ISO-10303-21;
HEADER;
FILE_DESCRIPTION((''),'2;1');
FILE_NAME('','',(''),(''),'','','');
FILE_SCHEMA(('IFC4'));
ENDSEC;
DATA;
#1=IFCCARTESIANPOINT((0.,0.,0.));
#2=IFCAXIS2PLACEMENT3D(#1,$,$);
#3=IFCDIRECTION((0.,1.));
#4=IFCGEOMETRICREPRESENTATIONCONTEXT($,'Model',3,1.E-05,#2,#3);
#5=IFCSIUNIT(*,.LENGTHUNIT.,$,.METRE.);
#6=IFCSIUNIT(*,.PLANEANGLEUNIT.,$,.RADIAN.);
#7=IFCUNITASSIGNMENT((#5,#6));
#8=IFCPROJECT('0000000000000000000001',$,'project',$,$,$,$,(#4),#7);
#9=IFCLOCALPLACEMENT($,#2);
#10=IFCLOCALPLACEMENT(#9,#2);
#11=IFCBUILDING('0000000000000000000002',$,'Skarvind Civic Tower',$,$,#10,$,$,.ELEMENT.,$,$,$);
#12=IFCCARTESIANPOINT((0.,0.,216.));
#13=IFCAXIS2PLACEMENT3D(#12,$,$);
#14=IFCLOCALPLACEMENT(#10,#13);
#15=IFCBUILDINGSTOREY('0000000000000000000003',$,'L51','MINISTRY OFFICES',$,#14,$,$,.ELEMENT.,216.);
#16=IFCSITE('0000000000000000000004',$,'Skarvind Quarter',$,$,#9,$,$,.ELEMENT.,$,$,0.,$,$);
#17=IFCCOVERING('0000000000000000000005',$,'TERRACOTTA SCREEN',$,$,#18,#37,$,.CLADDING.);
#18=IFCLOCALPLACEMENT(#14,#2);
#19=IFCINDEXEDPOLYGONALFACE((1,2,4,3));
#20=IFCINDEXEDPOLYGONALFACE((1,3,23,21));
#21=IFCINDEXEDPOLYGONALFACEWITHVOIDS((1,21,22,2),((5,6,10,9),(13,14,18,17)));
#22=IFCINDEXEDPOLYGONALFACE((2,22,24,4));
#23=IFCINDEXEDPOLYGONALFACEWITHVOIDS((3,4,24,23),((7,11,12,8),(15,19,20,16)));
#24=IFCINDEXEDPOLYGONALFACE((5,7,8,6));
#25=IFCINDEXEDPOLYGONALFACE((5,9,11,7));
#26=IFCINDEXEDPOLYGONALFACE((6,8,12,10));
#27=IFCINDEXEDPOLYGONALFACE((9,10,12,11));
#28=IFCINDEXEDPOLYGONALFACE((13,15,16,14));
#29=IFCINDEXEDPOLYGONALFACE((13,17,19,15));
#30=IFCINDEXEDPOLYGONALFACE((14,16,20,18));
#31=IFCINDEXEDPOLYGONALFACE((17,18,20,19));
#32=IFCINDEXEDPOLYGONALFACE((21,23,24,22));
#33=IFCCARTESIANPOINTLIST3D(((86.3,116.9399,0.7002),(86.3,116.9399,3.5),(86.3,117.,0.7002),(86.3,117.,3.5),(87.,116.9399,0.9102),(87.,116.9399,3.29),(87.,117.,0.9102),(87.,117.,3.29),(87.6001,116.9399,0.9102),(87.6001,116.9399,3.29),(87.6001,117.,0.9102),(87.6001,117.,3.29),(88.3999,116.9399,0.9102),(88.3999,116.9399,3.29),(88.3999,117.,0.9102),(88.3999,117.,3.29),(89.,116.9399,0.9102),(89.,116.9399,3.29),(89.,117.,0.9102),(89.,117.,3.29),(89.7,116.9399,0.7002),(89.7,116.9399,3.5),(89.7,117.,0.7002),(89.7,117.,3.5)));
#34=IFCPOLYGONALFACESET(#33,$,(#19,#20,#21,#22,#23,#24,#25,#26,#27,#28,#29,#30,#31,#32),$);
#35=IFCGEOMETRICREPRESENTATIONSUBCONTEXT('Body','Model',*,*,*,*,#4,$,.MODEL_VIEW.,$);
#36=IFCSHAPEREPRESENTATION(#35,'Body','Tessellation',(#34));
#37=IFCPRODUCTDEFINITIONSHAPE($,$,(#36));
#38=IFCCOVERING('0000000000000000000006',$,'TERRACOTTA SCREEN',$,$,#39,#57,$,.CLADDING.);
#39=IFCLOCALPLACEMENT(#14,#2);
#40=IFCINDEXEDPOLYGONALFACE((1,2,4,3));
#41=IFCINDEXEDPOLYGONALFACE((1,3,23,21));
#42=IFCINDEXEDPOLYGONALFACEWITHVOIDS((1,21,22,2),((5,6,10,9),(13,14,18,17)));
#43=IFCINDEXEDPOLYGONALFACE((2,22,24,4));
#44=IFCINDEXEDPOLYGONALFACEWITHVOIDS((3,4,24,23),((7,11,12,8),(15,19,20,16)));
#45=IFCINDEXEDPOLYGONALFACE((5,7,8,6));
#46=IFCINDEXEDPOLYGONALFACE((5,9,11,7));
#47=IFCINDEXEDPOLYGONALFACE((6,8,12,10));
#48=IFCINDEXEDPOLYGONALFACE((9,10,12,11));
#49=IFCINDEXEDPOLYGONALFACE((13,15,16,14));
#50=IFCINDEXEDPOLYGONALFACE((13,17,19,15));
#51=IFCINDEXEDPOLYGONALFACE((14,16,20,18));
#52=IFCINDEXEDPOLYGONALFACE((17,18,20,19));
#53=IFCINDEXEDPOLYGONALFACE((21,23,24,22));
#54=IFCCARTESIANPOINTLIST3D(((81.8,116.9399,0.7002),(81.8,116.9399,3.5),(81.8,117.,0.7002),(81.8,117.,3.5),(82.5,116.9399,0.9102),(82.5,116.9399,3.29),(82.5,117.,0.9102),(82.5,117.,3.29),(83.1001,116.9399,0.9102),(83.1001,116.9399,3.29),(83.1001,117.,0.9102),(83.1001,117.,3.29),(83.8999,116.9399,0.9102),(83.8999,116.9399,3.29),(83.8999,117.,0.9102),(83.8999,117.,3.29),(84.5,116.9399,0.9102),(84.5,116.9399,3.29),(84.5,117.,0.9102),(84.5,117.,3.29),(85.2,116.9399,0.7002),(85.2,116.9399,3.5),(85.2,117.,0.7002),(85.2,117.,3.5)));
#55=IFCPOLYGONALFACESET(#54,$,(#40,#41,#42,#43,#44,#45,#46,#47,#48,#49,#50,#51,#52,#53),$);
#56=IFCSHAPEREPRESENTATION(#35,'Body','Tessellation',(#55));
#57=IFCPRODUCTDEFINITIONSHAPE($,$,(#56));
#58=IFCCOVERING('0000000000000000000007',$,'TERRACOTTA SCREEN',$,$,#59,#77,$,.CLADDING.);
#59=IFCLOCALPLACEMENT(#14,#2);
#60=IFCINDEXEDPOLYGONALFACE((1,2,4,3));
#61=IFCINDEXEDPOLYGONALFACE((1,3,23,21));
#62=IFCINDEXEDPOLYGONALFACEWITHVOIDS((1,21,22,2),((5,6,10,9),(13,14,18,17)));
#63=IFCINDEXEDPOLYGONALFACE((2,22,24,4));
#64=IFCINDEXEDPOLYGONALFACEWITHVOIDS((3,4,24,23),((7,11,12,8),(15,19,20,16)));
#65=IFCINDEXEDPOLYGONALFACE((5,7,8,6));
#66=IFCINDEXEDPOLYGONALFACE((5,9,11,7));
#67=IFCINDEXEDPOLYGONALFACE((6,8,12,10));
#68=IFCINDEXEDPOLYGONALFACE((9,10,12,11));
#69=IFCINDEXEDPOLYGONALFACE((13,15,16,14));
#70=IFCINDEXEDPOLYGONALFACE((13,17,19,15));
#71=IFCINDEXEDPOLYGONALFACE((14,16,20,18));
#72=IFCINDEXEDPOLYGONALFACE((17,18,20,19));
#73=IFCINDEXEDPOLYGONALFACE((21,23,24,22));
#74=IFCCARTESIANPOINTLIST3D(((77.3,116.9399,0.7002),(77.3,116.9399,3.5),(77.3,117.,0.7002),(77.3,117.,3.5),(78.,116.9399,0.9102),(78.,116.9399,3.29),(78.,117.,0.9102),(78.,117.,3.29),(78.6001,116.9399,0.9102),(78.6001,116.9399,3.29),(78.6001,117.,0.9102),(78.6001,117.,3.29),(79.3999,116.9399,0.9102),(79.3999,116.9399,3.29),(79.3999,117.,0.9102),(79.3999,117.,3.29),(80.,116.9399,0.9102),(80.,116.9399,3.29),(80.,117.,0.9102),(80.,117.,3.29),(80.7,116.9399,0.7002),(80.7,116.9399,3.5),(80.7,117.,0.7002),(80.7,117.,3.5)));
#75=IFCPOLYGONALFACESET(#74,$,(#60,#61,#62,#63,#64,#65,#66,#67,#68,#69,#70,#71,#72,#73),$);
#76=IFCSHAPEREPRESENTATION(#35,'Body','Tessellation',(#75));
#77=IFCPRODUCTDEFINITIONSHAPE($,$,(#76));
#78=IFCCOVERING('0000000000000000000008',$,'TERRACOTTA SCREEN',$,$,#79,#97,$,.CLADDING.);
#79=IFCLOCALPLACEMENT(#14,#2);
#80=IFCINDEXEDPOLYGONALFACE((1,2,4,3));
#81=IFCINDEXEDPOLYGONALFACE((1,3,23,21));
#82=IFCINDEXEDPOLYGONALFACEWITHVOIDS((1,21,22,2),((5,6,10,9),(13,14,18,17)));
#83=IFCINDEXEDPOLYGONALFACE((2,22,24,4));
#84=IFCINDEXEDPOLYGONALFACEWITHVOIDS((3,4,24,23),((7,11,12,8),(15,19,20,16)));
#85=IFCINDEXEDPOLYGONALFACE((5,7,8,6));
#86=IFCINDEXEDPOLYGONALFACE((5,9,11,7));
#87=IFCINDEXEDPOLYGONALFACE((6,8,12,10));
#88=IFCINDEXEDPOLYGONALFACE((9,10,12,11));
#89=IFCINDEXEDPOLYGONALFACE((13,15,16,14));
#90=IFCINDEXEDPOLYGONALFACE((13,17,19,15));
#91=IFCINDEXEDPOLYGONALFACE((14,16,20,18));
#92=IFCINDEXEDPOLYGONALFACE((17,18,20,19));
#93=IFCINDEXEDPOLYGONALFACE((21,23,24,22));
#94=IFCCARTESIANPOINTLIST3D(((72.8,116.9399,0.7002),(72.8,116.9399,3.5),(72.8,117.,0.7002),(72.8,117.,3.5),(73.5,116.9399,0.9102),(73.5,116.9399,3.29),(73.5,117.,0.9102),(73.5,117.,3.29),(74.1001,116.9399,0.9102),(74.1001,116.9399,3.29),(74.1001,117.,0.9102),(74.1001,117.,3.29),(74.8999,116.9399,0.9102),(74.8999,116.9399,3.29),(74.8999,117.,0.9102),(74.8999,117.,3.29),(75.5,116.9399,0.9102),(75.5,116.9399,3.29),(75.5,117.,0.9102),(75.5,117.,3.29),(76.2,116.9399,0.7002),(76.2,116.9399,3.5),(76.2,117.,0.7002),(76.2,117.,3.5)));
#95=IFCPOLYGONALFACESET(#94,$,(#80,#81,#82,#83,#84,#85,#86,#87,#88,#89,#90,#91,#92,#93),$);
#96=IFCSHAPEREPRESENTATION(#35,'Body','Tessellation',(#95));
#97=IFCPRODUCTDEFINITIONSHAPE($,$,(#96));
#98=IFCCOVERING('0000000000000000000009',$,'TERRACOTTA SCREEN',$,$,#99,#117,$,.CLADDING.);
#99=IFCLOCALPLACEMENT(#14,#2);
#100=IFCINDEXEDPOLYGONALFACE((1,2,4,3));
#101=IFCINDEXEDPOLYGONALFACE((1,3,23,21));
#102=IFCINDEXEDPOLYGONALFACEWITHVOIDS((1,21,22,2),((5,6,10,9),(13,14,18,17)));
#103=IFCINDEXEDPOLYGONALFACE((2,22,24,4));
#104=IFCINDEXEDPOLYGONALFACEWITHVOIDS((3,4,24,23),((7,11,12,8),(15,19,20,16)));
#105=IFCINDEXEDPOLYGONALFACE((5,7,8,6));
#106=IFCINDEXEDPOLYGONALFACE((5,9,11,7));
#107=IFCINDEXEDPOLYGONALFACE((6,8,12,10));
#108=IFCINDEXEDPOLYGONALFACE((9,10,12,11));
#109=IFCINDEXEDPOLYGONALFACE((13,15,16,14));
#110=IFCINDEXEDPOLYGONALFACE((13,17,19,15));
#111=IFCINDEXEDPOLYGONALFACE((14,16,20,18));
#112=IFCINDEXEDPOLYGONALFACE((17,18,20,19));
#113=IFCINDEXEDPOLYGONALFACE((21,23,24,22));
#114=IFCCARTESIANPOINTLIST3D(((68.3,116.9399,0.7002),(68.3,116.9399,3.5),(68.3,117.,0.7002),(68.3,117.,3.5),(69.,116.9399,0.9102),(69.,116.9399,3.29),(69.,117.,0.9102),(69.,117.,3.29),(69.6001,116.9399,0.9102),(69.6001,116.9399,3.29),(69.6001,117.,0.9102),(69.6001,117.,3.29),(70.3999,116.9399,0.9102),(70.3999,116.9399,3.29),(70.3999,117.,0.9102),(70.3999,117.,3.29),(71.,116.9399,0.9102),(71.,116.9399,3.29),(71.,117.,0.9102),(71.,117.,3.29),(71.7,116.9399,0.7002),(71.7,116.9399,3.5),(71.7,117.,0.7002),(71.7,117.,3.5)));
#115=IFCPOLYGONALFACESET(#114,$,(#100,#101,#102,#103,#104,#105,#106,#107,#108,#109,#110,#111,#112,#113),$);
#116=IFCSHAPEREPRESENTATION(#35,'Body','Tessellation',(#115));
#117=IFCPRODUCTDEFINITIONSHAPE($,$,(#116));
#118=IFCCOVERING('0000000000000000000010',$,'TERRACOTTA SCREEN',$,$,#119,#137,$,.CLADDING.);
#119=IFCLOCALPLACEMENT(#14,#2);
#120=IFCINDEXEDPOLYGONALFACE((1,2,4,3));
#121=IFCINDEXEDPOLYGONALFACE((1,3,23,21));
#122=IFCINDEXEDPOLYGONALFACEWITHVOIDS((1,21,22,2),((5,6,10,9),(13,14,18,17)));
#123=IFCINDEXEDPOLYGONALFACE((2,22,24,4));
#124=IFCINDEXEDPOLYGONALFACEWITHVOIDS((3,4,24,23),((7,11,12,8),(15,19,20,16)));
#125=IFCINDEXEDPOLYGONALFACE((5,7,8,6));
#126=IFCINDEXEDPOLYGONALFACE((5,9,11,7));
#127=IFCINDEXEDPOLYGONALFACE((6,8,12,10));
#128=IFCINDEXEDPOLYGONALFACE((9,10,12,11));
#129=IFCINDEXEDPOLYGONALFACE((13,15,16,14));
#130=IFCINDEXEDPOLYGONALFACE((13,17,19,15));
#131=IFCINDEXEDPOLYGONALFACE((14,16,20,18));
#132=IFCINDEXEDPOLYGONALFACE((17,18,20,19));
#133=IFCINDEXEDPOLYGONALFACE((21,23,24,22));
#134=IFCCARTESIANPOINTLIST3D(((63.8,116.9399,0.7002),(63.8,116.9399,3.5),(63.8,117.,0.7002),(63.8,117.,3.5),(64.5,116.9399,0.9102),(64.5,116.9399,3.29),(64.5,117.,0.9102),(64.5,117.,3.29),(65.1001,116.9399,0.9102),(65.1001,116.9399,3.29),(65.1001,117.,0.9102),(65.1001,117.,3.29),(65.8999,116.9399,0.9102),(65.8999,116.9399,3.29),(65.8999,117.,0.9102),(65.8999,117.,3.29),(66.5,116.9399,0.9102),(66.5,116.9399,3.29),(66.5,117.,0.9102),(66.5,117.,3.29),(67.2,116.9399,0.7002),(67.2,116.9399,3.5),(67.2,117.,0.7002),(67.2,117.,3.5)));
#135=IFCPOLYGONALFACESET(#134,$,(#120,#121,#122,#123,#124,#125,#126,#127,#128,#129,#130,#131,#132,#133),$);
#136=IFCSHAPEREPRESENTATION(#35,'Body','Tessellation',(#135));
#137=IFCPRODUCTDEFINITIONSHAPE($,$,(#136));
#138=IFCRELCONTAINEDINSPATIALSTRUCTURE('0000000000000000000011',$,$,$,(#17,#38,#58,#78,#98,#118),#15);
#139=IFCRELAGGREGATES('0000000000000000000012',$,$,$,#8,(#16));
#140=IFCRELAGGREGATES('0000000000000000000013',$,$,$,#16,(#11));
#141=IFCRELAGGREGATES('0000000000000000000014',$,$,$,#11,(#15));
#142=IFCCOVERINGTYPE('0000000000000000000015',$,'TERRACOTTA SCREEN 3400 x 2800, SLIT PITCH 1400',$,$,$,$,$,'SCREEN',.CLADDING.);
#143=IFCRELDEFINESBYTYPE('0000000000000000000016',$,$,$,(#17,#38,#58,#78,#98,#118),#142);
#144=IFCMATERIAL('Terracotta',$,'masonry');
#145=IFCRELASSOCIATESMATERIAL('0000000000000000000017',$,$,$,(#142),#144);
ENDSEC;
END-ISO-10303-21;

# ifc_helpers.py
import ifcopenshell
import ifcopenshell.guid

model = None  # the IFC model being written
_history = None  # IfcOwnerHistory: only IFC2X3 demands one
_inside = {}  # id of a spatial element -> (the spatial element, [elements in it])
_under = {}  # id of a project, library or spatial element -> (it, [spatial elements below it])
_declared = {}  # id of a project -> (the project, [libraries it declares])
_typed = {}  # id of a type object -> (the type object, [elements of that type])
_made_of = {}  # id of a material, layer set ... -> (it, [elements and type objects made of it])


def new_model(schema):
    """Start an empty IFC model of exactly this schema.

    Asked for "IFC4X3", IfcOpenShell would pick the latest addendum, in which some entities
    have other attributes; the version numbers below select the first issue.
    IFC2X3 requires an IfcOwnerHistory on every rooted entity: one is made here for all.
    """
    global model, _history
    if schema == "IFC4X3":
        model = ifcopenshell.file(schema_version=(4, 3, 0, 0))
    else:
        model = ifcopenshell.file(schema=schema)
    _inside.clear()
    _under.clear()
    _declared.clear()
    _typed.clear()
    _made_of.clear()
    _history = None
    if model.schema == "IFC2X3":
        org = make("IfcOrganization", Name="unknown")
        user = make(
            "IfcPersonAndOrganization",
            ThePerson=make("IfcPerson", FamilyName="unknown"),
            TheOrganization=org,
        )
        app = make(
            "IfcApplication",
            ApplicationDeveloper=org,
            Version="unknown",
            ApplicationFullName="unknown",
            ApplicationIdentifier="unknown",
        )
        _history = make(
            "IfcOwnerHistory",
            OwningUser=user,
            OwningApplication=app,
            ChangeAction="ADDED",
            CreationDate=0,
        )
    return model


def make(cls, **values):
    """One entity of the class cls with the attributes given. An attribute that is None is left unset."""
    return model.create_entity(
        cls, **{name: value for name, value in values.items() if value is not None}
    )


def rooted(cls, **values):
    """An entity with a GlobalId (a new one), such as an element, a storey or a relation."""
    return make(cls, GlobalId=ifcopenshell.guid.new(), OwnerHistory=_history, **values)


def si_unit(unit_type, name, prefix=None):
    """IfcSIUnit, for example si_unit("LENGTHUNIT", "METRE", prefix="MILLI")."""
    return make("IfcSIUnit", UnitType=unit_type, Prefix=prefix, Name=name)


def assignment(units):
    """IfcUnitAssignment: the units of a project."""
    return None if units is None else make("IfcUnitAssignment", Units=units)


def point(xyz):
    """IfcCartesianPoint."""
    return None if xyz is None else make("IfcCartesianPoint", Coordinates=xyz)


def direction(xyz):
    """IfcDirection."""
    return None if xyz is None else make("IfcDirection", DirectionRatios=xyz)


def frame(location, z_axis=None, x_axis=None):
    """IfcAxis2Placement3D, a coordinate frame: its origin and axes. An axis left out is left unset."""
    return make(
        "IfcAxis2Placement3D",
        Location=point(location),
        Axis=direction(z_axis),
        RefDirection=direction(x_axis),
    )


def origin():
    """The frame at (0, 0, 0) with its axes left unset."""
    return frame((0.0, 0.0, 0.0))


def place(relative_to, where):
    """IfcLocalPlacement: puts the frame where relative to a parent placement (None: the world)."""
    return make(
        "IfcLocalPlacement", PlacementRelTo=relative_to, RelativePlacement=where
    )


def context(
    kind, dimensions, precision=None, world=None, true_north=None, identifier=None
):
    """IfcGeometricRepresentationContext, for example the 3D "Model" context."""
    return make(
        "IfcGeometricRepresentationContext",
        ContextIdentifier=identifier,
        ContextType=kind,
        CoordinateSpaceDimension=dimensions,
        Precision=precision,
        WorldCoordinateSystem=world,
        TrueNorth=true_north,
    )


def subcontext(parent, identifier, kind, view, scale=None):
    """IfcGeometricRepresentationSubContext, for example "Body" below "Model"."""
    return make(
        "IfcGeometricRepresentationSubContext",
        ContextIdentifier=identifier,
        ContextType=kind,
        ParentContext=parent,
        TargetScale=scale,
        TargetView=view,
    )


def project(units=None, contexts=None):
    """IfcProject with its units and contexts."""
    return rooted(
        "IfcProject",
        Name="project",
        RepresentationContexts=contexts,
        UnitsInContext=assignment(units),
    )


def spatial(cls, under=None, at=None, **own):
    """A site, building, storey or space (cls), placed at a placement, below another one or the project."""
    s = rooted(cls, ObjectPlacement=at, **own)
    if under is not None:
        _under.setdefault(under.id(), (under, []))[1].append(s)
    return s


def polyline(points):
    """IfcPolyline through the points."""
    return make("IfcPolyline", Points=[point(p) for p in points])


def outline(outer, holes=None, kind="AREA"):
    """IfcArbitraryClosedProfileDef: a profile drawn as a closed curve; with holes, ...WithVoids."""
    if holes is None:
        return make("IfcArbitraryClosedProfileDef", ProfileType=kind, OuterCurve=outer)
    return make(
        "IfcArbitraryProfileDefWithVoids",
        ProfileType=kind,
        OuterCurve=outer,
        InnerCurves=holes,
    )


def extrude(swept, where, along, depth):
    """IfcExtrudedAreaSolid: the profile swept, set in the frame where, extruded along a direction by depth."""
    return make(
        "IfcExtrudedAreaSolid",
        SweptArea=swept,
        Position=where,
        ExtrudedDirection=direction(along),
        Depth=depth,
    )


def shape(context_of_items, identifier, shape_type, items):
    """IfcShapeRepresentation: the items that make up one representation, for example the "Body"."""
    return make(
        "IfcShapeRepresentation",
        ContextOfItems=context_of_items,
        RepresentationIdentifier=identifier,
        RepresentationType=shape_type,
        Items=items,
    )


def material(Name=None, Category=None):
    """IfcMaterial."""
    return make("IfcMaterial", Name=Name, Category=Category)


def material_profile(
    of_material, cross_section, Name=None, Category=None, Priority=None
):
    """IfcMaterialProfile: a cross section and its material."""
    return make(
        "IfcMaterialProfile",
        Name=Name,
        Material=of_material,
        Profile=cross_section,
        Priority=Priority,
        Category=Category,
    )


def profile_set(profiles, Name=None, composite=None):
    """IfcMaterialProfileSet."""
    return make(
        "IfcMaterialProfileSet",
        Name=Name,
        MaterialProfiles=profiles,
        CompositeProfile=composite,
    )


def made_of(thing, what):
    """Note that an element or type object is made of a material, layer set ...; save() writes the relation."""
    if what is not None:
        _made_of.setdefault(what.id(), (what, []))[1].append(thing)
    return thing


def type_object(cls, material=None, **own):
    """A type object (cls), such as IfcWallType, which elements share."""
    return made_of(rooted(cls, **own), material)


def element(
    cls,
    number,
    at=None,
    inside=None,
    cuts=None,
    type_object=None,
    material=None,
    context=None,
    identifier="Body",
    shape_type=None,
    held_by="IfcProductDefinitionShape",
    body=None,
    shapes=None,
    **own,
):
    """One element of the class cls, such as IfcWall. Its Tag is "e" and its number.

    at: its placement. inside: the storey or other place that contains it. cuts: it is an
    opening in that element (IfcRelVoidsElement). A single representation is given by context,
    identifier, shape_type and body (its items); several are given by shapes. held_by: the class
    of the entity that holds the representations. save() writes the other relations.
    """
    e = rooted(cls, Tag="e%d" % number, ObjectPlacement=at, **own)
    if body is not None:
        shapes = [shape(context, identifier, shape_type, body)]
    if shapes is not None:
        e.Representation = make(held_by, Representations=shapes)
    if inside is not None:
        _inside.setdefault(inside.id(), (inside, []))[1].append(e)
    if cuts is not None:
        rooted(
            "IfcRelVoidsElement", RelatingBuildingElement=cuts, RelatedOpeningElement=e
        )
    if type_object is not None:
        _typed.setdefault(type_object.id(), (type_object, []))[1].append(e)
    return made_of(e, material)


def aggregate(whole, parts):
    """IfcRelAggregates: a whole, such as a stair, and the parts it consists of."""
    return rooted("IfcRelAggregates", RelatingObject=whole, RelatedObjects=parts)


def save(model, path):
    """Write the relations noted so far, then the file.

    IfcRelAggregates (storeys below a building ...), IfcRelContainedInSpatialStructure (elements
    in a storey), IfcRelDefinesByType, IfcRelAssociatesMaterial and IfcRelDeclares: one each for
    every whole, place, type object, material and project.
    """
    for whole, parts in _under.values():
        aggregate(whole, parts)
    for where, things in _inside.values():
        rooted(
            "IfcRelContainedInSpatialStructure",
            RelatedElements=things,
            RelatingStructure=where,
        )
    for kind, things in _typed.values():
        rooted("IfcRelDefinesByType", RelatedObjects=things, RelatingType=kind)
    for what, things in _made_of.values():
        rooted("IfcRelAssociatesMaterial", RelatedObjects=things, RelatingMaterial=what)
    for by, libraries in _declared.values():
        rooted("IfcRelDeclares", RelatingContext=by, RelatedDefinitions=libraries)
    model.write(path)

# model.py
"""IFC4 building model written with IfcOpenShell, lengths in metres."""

from ifc_helpers import new_model, si_unit, direction, frame, origin, place, context, subcontext, project, spatial, polyline, outline, extrude, material, material_profile, profile_set, type_object, element, save


model = new_model("IFC4")

# Units and contexts
model_context = context("Model", 3, precision=1e-05, world=origin(), true_north=direction((0.0, 1.0)))
body_context = subcontext(model_context, "Body", "Model", "MODEL_VIEW")
ifc_project = project(units=[si_unit("LENGTHUNIT", "METRE"), si_unit("PLANEANGLEUNIT", "RADIAN")], contexts=[model_context])

# Site, building, storey
site_placement = place(None, origin())
site = spatial("IfcSite", under=ifc_project, at=site_placement, Name="Skarvind Quarter", CompositionType="ELEMENT", RefElevation=0.0)
building_placement = place(site_placement, origin())
building = spatial("IfcBuilding", under=site, at=building_placement, Name="Skarvind Civic Tower", CompositionType="ELEMENT")
storey_placement = place(building_placement, frame((0.0, 0.0, 216.0)))
storey = spatial("IfcBuildingStorey", under=building, at=storey_placement, Name="L51", Description="MINISTRY OFFICES", CompositionType="ELEMENT", Elevation=216.0)

# Coverings
ifc_material_1 = material(Name="Terracotta", Category="masonry")
ifc_material_profile_1 = material_profile(ifc_material_1, outline(polyline([(-1.7, -1.3999), (1.7, -1.3999), (1.7, 1.3999), (-1.7, 1.3999), (-1.7, -1.3999)]), holes=[polyline([(-1.0, -1.1899), (-0.3999, -1.1899), (-0.3999, 1.1899), (-1.0, 1.1899), (-1.0, -1.1899)]), polyline([(0.3999, -1.1899), (1.0, -1.1899), (1.0, 1.1899), (0.3999, 1.1899), (0.3999, -1.1899)])]), Name="TERRACOTTA SCREEN 3400 x 2800, SLIT PITCH 1400")
ifc_profile_set_1 = profile_set([ifc_material_profile_1], Name="Terracotta")
covering_type = type_object("IfcCoveringType", Name="TERRACOTTA SCREEN 3400 x 2800, SLIT PITCH 1400", ElementType="SCREEN", PredefinedType="CLADDING", material=ifc_profile_set_1)
for number, where, z_axis, x_axis, name in (
    (1, (88.0, 117.0, 2.1001), (0.0, -1.0, 0.0), (1.0, 0.0, 0.0), "TERRACOTTA SCREEN"),
    (2, (83.5, 117.0, 2.1001), (0.0, -1.0, 0.0), (1.0, 0.0, 0.0), "TERRACOTTA SCREEN"),
    (3, (79.0, 117.0, 2.1001), (0.0, -1.0, 0.0), (1.0, 0.0, 0.0), "TERRACOTTA SCREEN"),
    (4, (74.5, 117.0, 2.1001), (0.0, -1.0, 0.0), (1.0, 0.0, 0.0), "TERRACOTTA SCREEN"),
    (5, (70.0, 117.0, 2.1001), (0.0, -1.0, 0.0), (1.0, 0.0, 0.0), "TERRACOTTA SCREEN"),
    (6, (65.5, 117.0, 2.1001), (0.0, -1.0, 0.0), (1.0, 0.0, 0.0), "TERRACOTTA SCREEN"),
):
    element("IfcCovering", number, at=place(storey_placement, frame(where, z_axis=z_axis, x_axis=x_axis)), inside=storey, type_object=covering_type, Name=name, PredefinedType="CLADDING", context=body_context, shape_type="SweptSolid", body=[
        extrude(outline(polyline([(-1.7, -1.3999), (1.7, -1.3999), (1.7, 1.3999), (-1.7, 1.3999), (-1.7, -1.3999)]), holes=[polyline([(-1.0, -1.1899), (-0.3999, -1.1899), (-0.3999, 1.1899), (-1.0, 1.1899), (-1.0, -1.1899)]), polyline([(0.3999, -1.1899), (1.0, -1.1899), (1.0, 1.1899), (0.3999, 1.1899), (0.3999, -1.1899)])]), origin(), (0.0, 0.0, 1.0), 0.0601),
    ])

save(model, "model.ifc")
